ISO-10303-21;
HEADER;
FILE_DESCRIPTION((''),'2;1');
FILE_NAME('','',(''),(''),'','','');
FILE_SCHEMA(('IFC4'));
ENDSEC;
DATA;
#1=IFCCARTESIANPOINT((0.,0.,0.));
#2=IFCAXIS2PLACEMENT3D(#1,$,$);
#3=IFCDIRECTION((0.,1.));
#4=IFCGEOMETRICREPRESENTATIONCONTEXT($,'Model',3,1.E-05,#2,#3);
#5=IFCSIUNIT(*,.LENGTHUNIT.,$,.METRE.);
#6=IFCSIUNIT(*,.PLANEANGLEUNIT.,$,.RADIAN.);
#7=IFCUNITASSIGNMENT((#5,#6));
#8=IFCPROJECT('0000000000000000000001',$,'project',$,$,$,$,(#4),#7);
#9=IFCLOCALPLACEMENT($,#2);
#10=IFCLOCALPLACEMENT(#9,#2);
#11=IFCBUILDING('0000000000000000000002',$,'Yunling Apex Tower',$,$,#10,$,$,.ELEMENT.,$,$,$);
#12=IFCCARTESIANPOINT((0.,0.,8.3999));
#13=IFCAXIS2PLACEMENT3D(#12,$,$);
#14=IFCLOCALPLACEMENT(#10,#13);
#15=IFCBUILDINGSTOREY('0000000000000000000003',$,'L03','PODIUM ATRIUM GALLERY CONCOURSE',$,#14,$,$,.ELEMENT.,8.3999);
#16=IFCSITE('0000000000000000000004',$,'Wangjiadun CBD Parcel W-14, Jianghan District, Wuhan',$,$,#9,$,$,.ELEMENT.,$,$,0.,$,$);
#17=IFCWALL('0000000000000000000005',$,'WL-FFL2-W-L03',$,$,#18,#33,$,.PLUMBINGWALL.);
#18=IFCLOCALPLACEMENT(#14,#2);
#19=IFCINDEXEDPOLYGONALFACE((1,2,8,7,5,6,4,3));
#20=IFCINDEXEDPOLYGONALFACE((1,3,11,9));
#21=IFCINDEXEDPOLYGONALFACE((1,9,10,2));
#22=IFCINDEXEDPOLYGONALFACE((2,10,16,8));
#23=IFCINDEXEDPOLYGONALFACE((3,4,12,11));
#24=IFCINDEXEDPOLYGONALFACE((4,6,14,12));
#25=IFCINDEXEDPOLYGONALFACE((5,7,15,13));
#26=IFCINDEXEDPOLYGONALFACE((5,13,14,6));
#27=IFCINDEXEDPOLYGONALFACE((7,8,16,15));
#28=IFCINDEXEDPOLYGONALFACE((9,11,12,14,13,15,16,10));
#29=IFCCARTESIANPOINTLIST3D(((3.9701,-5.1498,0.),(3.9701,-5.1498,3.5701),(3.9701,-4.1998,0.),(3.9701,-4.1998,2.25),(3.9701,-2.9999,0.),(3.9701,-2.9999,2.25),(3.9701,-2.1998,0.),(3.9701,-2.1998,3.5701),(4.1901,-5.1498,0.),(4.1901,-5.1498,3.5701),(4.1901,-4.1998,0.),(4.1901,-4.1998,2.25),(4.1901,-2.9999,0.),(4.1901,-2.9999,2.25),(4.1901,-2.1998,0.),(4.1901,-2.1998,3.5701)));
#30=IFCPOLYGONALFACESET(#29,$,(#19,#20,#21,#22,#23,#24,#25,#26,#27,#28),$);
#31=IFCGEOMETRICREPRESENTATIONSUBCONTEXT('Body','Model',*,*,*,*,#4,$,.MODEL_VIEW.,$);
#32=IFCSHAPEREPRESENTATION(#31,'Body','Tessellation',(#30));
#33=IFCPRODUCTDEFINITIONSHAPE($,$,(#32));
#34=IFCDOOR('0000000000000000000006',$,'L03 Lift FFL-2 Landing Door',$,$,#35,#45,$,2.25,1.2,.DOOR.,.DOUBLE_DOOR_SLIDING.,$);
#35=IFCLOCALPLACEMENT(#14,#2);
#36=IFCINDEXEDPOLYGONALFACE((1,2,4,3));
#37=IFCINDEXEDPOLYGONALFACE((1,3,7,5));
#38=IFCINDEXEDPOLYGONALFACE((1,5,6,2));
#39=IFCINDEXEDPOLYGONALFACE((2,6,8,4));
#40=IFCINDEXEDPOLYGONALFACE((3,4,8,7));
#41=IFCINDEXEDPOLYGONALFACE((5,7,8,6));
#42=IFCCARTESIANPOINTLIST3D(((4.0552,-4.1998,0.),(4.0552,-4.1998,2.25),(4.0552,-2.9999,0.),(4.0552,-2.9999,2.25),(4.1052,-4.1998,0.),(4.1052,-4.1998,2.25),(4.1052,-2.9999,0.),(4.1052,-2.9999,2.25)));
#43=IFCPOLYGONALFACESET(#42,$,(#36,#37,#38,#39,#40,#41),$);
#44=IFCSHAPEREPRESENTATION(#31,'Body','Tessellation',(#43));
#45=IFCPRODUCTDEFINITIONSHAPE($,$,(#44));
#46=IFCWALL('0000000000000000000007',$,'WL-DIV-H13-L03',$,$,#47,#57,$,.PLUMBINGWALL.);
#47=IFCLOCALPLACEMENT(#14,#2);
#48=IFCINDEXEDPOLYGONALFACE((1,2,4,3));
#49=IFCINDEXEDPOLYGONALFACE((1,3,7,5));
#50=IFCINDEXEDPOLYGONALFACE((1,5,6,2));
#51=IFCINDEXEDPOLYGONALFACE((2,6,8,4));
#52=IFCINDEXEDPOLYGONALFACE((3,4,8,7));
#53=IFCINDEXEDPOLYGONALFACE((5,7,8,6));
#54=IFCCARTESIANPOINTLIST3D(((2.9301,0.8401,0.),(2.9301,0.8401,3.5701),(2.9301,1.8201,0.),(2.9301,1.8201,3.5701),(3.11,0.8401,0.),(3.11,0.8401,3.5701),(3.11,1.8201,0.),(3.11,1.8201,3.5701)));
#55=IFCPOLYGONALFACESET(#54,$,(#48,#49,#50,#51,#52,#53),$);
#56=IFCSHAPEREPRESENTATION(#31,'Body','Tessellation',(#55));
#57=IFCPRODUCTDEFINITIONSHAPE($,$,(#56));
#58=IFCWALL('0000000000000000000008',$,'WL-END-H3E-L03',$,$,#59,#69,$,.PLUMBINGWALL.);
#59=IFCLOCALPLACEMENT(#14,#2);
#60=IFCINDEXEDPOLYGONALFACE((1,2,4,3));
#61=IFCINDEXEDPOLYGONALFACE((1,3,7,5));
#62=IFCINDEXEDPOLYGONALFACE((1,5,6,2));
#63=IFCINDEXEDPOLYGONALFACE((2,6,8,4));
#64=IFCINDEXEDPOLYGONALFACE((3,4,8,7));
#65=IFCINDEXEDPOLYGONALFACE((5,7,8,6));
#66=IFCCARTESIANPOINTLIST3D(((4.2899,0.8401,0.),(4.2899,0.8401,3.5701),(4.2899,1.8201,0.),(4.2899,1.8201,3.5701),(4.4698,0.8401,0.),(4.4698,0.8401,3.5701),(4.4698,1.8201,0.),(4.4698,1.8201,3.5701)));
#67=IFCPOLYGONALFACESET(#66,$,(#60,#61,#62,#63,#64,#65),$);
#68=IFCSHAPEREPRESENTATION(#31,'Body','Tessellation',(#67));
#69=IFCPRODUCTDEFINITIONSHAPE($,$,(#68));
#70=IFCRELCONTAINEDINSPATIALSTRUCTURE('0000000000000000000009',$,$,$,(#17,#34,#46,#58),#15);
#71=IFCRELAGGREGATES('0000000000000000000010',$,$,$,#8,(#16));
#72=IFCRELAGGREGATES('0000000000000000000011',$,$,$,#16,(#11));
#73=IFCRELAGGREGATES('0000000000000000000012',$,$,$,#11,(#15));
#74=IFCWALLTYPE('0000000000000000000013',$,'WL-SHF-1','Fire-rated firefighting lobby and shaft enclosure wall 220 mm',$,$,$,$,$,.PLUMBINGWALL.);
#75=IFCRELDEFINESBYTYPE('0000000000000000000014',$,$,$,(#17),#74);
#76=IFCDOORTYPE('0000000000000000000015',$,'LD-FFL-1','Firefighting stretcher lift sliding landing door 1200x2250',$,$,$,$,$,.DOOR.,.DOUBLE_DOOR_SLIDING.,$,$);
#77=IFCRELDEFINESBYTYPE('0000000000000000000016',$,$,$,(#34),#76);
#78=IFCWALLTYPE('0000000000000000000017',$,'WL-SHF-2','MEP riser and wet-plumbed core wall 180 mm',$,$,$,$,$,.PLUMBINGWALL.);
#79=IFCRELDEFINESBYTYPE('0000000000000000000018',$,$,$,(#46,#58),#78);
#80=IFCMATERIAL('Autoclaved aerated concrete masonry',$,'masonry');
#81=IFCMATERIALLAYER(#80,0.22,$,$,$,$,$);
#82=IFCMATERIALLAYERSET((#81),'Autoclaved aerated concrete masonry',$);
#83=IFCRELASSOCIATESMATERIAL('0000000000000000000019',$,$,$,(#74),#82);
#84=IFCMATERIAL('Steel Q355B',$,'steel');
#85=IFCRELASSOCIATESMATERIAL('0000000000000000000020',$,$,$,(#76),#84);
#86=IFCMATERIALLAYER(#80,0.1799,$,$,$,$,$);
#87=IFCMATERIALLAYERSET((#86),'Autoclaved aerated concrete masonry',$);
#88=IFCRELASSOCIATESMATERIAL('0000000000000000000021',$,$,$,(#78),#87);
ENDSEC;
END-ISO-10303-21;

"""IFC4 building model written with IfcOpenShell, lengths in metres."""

from ifc_helpers import new_model, si_unit, direction, frame, frame_2d, origin, place, context, subcontext, project, spatial, rectangle, extrude, material, layer, layer_set, type_object, element, fill, save


model = new_model("IFC4")

# Units and contexts
model_context = context("Model", 3, precision=1e-05, world=origin(), true_north=direction((0.0, 1.0)))
body_context = subcontext(model_context, "Body", "Model", "MODEL_VIEW")
ifc_project = project(units=[si_unit("LENGTHUNIT", "METRE"), si_unit("PLANEANGLEUNIT", "RADIAN")], contexts=[model_context])

# Site, building, storey
site_placement = place(None, origin())
site = spatial("IfcSite", under=ifc_project, at=site_placement, Name="Wangjiadun CBD Parcel W-14, Jianghan District, Wuhan", CompositionType="ELEMENT", RefElevation=0.0)
building_placement = place(site_placement, origin())
building = spatial("IfcBuilding", under=site, at=building_placement, Name="Yunling Apex Tower", CompositionType="ELEMENT")
storey_placement = place(building_placement, frame((0.0, 0.0, 8.3999)))
storey = spatial("IfcBuildingStorey", under=building, at=storey_placement, Name="L03", Description="PODIUM ATRIUM GALLERY CONCOURSE", CompositionType="ELEMENT", Elevation=8.3999)

# Shared definitions
ifc_material_1 = material(Name="Steel Q355B", Category="steel")

# Wall, opening, door
ifc_material_2 = material(Name="Autoclaved aerated concrete masonry", Category="masonry")
ifc_layer_1 = layer(ifc_material_2, 0.22)
ifc_layer_set_1 = layer_set([ifc_layer_1], Name="Autoclaved aerated concrete masonry")
wall_type_1 = type_object("IfcWallType", Name="WL-SHF-1", Description="Fire-rated firefighting lobby and shaft enclosure wall 220 mm", PredefinedType="PLUMBINGWALL", material=ifc_layer_set_1)
door_type = type_object("IfcDoorType", Name="LD-FFL-1", Description="Firefighting stretcher lift sliding landing door 1200x2250", OperationType="DOUBLE_DOOR_SLIDING", PredefinedType="DOOR", material=ifc_material_1)
wall_1_placement = place(storey_placement, frame((4.0801, -5.1499, 0.0), z_axis=(0.0, 0.0, 1.0), x_axis=(0.0, 1.0, 0.0)))
wall_1 = element("IfcWall", 1, at=wall_1_placement, inside=storey, type_object=wall_type_1, Name="WL-FFL2-W-L03", PredefinedType="PLUMBINGWALL", context=body_context, shape_type="SweptSolid", body=[
    extrude(rectangle(XDim=2.95, YDim=0.22, at=frame_2d((1.4751, 0.0))), origin(), (0.0, 0.0, 1.0), 3.5701),
])
opening_1_placement = place(wall_1_placement, frame((0.95, 0.0, 0.0)))
opening_1 = element("IfcOpeningElement", 2, at=opening_1_placement, cuts=wall_1, PredefinedType="OPENING", context=body_context, shape_type="SweptSolid", body=[
    extrude(rectangle(XDim=1.2, YDim=2.25, at=frame_2d((0.6001, 1.125))), frame((0.0, 0.1201, 0.0), z_axis=(0.0, -1.0, 0.0), x_axis=(1.0, 0.0, 0.0)), (0.0, 0.0, 1.0), 0.24),
])
door_1_placement = place(opening_1_placement, origin())
door_1 = element("IfcDoor", 3, at=door_1_placement, inside=storey, type_object=door_type, Name="L03 Lift FFL-2 Landing Door", OperationType="DOUBLE_DOOR_SLIDING", OverallHeight=2.25, OverallWidth=1.2, PredefinedType="DOOR", context=body_context, shape_type="SweptSolid", body=[
    extrude(rectangle(XDim=1.2, YDim=2.25, at=frame_2d((0.6001, 1.125))), frame((0.0, 0.0249, 0.0), z_axis=(0.0, -1.0, 0.0), x_axis=(1.0, 0.0, 0.0)), (0.0, 0.0, 1.0), 0.05),
])
fill(opening_1, door_1)

# Walls
ifc_layer_2 = layer(ifc_material_2, 0.1799)
ifc_layer_set_2 = layer_set([ifc_layer_2], Name="Autoclaved aerated concrete masonry")
wall_type_2 = type_object("IfcWallType", Name="WL-SHF-2", Description="MEP riser and wet-plumbed core wall 180 mm", PredefinedType="PLUMBINGWALL", material=ifc_layer_set_2)
for number, where, z_axis, x_axis, name in (
    (4, (3.02, 0.8401, 0.0), (0.0, 0.0, 1.0), (0.0, 1.0, 0.0), "WL-DIV-H13-L03"),
    (5, (4.3799, 0.8401, 0.0), (0.0, 0.0, 1.0), (0.0, 1.0, 0.0), "WL-END-H3E-L03"),
):
    element("IfcWall", number, at=place(storey_placement, frame(where, z_axis=z_axis, x_axis=x_axis)), inside=storey, type_object=wall_type_2, Name=name, PredefinedType="PLUMBINGWALL", context=body_context, shape_type="SweptSolid", body=[
        extrude(rectangle(XDim=0.98, YDim=0.1799, at=frame_2d((0.49, 0.0))), origin(), (0.0, 0.0, 1.0), 3.5701),
    ])

save(model, "model.ifc")
